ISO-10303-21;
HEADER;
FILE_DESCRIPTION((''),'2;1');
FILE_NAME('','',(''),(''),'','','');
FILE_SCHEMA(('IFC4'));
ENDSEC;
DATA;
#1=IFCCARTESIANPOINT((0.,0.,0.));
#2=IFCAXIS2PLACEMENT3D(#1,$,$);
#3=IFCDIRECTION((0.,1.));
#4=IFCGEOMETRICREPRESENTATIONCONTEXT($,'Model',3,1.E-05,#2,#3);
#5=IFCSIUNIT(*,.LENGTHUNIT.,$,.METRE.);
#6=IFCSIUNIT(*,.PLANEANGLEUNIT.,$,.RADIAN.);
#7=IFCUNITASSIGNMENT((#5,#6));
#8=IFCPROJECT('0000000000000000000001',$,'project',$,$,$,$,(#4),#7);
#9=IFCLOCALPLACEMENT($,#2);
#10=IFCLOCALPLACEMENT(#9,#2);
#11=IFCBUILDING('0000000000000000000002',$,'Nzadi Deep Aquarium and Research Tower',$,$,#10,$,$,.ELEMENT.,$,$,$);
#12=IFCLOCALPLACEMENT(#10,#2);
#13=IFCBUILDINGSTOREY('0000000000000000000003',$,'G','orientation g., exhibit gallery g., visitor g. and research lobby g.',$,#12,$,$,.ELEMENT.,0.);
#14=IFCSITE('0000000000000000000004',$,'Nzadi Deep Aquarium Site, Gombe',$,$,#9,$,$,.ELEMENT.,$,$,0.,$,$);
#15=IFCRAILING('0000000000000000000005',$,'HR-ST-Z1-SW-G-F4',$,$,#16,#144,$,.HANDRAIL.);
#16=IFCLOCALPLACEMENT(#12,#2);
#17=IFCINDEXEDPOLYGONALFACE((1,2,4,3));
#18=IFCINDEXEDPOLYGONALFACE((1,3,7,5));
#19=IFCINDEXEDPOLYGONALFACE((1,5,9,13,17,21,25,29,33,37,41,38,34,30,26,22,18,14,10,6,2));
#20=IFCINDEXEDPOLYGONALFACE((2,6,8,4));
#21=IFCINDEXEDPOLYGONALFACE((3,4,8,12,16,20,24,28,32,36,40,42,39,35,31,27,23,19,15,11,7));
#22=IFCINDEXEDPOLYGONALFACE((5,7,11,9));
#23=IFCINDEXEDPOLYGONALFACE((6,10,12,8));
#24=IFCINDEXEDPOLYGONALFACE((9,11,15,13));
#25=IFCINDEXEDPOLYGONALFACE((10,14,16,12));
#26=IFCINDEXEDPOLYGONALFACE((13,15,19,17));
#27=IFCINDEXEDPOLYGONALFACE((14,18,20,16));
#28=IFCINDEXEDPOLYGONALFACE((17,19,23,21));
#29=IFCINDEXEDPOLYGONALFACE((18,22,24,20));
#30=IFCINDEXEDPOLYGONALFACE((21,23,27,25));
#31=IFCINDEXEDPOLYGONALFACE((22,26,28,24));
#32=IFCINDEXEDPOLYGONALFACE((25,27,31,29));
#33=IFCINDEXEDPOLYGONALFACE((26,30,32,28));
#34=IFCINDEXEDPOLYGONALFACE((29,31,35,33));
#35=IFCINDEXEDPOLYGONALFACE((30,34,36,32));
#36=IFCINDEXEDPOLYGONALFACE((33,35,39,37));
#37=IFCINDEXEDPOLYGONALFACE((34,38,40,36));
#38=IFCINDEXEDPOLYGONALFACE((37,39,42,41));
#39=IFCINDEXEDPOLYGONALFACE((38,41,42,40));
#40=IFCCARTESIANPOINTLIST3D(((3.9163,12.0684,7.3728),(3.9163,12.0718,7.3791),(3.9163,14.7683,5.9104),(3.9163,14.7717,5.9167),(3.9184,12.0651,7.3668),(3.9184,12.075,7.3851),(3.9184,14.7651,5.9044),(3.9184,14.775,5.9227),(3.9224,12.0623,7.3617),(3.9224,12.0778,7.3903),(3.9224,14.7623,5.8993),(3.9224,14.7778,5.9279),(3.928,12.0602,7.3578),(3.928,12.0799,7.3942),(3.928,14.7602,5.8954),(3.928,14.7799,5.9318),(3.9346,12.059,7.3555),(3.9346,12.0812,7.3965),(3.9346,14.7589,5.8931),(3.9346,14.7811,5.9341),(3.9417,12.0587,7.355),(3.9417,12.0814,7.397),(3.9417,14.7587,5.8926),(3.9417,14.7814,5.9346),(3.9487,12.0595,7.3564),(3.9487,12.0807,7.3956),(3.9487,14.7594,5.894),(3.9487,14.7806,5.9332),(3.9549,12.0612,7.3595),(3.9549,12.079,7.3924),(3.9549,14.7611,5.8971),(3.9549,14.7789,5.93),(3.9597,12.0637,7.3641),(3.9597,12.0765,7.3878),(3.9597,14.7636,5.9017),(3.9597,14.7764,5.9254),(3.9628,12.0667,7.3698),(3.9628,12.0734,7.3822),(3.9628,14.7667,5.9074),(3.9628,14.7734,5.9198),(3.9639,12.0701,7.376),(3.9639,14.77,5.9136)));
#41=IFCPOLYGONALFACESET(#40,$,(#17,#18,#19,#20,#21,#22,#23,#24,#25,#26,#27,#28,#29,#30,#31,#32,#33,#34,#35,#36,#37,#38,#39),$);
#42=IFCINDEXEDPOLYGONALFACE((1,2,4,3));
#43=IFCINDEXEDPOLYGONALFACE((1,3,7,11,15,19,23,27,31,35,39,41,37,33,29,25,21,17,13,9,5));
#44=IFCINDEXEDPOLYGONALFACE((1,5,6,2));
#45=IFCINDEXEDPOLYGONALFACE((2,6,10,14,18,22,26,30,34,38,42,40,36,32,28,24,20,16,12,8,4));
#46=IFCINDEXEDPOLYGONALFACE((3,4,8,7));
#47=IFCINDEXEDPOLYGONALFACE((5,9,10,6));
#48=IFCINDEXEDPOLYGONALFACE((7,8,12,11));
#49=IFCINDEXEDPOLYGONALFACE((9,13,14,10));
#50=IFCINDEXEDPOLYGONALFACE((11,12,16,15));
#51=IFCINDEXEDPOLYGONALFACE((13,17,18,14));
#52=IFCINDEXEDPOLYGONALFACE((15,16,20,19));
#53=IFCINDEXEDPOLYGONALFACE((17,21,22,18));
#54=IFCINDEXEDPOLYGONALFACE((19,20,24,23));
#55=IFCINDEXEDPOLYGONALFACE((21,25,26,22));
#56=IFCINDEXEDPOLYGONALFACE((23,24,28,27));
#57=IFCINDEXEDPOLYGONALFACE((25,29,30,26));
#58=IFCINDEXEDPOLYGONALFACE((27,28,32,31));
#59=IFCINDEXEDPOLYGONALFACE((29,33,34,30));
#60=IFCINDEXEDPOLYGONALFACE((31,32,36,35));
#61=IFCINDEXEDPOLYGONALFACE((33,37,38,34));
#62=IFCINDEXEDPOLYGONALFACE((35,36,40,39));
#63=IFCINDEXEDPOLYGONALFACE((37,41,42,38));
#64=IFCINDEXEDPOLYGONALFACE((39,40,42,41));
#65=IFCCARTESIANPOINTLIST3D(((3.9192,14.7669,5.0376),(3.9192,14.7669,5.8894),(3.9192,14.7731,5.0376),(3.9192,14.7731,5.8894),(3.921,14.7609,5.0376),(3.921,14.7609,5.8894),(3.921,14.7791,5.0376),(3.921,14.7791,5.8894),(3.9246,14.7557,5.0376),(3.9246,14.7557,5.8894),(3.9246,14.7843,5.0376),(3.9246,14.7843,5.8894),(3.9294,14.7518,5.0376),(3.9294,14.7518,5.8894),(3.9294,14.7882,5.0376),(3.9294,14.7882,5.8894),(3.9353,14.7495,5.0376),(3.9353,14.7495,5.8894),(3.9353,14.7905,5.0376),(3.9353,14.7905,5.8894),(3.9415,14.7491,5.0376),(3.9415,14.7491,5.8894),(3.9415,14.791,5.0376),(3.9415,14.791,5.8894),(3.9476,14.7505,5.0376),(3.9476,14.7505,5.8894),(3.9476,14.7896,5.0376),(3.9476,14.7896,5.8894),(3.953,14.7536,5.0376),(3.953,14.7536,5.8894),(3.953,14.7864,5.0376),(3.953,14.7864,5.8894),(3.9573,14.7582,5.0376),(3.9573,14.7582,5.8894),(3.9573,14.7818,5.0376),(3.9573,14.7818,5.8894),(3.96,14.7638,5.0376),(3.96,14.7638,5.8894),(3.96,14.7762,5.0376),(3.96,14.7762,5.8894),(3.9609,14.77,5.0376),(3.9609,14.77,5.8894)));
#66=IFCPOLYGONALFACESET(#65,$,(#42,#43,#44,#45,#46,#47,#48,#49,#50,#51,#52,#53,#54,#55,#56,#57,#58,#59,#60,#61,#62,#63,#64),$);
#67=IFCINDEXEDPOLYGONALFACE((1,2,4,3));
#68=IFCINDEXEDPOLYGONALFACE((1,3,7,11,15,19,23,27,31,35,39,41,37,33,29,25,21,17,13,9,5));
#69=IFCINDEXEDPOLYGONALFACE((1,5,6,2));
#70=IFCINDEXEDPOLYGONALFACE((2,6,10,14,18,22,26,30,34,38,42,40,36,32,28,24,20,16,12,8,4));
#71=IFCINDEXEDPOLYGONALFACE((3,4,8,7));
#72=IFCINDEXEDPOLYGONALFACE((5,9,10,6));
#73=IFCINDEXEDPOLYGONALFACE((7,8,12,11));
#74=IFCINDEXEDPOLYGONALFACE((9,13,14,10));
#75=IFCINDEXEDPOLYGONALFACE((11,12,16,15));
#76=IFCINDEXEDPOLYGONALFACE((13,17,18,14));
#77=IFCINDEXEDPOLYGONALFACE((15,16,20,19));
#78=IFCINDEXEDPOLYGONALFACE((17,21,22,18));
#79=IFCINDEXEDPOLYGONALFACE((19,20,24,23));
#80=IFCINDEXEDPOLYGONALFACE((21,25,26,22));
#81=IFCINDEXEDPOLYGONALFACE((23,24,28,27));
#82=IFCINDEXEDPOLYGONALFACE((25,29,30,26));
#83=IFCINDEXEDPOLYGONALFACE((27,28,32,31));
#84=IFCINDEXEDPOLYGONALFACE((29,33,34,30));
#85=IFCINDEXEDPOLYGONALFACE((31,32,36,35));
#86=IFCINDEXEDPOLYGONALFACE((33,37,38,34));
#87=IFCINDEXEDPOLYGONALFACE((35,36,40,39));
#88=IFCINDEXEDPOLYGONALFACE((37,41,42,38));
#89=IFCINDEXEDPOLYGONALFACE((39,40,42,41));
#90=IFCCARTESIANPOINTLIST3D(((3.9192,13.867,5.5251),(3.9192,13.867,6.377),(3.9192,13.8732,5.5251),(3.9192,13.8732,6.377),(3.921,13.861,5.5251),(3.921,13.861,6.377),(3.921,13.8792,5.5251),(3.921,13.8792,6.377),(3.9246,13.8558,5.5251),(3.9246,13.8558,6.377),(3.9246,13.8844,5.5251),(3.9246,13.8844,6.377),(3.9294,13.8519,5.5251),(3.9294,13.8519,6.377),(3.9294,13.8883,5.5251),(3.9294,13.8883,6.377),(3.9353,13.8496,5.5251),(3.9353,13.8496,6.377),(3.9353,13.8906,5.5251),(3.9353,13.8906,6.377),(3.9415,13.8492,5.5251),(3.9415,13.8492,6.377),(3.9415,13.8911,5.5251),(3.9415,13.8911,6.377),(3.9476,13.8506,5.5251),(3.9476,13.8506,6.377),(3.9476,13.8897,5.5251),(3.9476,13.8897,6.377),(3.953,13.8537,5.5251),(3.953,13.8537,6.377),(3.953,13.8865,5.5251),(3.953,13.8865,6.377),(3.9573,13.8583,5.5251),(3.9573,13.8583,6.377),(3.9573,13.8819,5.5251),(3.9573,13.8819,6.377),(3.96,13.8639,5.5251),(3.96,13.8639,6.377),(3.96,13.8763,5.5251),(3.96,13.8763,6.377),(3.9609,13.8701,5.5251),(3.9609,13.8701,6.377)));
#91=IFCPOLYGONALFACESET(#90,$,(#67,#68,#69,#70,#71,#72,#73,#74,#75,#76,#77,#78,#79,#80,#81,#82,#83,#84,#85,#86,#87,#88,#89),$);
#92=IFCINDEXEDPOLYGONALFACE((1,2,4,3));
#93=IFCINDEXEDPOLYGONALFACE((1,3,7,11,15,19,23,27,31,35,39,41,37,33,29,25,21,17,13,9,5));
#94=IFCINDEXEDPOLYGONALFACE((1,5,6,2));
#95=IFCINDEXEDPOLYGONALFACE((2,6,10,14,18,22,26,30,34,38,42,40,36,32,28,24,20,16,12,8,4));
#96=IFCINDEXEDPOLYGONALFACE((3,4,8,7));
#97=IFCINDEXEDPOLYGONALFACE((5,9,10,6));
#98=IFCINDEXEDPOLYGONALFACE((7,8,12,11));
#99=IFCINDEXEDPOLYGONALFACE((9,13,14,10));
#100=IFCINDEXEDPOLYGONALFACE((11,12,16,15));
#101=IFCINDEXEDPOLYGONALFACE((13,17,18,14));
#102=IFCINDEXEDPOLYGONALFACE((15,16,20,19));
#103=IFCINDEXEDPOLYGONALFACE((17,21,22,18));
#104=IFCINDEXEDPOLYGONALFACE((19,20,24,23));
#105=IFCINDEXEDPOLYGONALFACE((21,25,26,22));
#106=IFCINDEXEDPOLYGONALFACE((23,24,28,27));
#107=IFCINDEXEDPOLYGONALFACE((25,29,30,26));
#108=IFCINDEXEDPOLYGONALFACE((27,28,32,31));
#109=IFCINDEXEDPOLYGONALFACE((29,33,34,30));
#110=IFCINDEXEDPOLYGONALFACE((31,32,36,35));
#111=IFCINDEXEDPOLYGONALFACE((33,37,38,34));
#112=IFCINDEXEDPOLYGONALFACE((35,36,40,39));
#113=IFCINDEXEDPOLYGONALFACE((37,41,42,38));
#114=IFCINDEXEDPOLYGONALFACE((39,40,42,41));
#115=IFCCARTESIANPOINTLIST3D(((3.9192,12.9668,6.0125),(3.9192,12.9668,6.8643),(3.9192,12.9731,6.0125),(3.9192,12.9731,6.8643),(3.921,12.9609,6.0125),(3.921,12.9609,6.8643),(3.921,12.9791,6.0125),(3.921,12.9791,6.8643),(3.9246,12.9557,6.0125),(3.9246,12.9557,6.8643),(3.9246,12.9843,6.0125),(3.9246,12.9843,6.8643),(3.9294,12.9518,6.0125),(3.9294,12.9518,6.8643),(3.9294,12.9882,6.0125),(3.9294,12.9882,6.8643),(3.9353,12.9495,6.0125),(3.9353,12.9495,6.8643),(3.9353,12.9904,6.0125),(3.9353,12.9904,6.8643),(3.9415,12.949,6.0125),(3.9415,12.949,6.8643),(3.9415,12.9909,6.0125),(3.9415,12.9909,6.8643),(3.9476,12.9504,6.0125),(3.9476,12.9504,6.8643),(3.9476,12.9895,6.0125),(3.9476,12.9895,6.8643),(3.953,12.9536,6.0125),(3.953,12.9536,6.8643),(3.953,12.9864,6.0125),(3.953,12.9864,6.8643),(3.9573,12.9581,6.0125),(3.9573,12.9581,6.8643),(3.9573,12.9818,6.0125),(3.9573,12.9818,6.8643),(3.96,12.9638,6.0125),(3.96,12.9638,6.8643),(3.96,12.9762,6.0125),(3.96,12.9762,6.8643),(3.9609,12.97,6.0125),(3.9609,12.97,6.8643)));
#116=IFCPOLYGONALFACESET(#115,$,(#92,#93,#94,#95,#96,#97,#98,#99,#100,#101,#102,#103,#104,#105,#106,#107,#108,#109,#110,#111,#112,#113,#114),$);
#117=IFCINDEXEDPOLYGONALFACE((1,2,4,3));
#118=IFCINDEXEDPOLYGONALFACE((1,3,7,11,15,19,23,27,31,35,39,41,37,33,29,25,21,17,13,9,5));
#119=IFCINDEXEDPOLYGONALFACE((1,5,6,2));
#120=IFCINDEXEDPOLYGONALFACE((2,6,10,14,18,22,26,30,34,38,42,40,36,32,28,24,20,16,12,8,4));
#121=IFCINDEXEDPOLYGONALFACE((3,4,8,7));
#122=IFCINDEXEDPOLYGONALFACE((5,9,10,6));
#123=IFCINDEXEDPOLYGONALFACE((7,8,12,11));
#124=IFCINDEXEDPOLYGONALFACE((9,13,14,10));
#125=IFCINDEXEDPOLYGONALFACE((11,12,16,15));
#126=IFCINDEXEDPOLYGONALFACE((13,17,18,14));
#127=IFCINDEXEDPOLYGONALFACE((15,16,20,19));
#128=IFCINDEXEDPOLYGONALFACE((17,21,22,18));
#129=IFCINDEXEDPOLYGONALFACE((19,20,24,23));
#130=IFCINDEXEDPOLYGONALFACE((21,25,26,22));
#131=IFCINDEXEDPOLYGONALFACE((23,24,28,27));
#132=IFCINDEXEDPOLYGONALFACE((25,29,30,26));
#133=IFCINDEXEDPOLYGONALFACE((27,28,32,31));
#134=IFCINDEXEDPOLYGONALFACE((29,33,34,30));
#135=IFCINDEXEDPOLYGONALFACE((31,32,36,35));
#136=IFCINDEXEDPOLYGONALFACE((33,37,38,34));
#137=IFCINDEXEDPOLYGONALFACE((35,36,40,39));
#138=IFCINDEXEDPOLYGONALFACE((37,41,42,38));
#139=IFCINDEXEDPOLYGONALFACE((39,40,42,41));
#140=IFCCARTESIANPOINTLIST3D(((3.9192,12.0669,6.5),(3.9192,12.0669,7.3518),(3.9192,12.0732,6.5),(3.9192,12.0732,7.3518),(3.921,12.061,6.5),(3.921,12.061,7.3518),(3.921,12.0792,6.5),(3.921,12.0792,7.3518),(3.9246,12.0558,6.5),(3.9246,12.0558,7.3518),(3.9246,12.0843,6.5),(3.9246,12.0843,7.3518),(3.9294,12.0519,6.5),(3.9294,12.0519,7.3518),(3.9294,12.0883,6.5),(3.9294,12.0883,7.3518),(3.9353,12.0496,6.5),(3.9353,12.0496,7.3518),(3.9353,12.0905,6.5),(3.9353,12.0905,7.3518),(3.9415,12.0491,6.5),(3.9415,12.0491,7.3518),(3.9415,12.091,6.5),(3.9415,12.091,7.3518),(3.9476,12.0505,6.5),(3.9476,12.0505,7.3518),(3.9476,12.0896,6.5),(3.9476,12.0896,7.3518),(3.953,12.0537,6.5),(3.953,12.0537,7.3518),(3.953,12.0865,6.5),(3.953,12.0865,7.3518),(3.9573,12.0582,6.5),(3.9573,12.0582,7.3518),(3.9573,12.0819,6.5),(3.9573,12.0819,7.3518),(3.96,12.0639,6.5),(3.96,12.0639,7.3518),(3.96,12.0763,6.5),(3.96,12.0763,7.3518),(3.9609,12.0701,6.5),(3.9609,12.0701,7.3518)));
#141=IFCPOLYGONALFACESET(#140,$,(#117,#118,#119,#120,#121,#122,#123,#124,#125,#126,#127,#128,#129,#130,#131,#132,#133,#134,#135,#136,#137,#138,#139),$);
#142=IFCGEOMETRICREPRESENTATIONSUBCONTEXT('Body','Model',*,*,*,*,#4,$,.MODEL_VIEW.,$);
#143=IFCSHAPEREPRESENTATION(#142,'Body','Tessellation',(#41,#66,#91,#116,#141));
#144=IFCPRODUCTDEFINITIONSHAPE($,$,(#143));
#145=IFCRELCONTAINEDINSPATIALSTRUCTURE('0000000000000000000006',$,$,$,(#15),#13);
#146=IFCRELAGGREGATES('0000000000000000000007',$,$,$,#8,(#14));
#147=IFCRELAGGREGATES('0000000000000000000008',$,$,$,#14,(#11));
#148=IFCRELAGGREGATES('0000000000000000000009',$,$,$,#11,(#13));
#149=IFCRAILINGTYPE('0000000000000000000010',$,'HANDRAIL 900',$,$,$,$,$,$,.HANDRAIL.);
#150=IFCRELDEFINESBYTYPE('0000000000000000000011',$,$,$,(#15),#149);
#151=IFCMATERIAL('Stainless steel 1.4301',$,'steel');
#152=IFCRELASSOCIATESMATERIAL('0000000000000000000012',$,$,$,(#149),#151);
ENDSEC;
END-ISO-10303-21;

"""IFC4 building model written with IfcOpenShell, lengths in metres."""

from ifc_helpers import new_model, si_unit, direction, frame, origin, origin_2d, place, context, subcontext, project, spatial, circle, extrude, material, type_object, element, save


model = new_model("IFC4")

# Units and contexts
model_context = context("Model", 3, precision=1e-05, world=origin(), true_north=direction((0.0, 1.0)))
body_context = subcontext(model_context, "Body", "Model", "MODEL_VIEW")
ifc_project = project(units=[si_unit("LENGTHUNIT", "METRE"), si_unit("PLANEANGLEUNIT", "RADIAN")], contexts=[model_context])

# Site, building, storey
site_placement = place(None, origin())
site = spatial("IfcSite", under=ifc_project, at=site_placement, Name="Nzadi Deep Aquarium Site, Gombe", CompositionType="ELEMENT", RefElevation=0.0)
building_placement = place(site_placement, origin())
building = spatial("IfcBuilding", under=site, at=building_placement, Name="Nzadi Deep Aquarium and Research Tower", CompositionType="ELEMENT")
storey_placement = place(building_placement, origin())
storey = spatial("IfcBuildingStorey", under=building, at=storey_placement, Name="G", Description="orientation g., exhibit gallery g., visitor g. and research lobby g.", CompositionType="ELEMENT", Elevation=0.0)

# Railing
ifc_material_1 = material(Name="Stainless steel 1.4301", Category="steel")
railing_type = type_object("IfcRailingType", Name="HANDRAIL 900", PredefinedType="HANDRAIL", material=ifc_material_1)
for number, where, name in (
    (1, (3.9399, 14.77, 5.0376), "HR-ST-Z1-SW-G-F4"),
):
    element("IfcRailing", number, at=place(storey_placement, frame(where)), inside=storey, type_object=railing_type, Name=name, PredefinedType="HANDRAIL", context=body_context, shape_type="SweptSolid", body=[
        extrude(circle(Radius=0.0239, at=origin_2d()), frame((0.0, 0.0, 0.876), z_axis=(0.0, -0.879302, 0.476265), x_axis=(1.0, 0.0, 0.0)), (0.0, 0.0, 1.0), 3.0706),
        extrude(circle(Radius=0.021, at=origin_2d()), origin(), (0.0, 0.0, 1.0), 0.8518),
        extrude(circle(Radius=0.021, at=origin_2d()), frame((0.0, -0.8999, 0.4875)), (0.0, 0.0, 1.0), 0.8518),
        extrude(circle(Radius=0.021, at=origin_2d()), frame((0.0, -1.8, 0.9749)), (0.0, 0.0, 1.0), 0.8518),
        extrude(circle(Radius=0.021, at=origin_2d()), frame((0.0, -2.7, 1.4624)), (0.0, 0.0, 1.0), 0.8518),
    ])

save(model, "model.ifc")
